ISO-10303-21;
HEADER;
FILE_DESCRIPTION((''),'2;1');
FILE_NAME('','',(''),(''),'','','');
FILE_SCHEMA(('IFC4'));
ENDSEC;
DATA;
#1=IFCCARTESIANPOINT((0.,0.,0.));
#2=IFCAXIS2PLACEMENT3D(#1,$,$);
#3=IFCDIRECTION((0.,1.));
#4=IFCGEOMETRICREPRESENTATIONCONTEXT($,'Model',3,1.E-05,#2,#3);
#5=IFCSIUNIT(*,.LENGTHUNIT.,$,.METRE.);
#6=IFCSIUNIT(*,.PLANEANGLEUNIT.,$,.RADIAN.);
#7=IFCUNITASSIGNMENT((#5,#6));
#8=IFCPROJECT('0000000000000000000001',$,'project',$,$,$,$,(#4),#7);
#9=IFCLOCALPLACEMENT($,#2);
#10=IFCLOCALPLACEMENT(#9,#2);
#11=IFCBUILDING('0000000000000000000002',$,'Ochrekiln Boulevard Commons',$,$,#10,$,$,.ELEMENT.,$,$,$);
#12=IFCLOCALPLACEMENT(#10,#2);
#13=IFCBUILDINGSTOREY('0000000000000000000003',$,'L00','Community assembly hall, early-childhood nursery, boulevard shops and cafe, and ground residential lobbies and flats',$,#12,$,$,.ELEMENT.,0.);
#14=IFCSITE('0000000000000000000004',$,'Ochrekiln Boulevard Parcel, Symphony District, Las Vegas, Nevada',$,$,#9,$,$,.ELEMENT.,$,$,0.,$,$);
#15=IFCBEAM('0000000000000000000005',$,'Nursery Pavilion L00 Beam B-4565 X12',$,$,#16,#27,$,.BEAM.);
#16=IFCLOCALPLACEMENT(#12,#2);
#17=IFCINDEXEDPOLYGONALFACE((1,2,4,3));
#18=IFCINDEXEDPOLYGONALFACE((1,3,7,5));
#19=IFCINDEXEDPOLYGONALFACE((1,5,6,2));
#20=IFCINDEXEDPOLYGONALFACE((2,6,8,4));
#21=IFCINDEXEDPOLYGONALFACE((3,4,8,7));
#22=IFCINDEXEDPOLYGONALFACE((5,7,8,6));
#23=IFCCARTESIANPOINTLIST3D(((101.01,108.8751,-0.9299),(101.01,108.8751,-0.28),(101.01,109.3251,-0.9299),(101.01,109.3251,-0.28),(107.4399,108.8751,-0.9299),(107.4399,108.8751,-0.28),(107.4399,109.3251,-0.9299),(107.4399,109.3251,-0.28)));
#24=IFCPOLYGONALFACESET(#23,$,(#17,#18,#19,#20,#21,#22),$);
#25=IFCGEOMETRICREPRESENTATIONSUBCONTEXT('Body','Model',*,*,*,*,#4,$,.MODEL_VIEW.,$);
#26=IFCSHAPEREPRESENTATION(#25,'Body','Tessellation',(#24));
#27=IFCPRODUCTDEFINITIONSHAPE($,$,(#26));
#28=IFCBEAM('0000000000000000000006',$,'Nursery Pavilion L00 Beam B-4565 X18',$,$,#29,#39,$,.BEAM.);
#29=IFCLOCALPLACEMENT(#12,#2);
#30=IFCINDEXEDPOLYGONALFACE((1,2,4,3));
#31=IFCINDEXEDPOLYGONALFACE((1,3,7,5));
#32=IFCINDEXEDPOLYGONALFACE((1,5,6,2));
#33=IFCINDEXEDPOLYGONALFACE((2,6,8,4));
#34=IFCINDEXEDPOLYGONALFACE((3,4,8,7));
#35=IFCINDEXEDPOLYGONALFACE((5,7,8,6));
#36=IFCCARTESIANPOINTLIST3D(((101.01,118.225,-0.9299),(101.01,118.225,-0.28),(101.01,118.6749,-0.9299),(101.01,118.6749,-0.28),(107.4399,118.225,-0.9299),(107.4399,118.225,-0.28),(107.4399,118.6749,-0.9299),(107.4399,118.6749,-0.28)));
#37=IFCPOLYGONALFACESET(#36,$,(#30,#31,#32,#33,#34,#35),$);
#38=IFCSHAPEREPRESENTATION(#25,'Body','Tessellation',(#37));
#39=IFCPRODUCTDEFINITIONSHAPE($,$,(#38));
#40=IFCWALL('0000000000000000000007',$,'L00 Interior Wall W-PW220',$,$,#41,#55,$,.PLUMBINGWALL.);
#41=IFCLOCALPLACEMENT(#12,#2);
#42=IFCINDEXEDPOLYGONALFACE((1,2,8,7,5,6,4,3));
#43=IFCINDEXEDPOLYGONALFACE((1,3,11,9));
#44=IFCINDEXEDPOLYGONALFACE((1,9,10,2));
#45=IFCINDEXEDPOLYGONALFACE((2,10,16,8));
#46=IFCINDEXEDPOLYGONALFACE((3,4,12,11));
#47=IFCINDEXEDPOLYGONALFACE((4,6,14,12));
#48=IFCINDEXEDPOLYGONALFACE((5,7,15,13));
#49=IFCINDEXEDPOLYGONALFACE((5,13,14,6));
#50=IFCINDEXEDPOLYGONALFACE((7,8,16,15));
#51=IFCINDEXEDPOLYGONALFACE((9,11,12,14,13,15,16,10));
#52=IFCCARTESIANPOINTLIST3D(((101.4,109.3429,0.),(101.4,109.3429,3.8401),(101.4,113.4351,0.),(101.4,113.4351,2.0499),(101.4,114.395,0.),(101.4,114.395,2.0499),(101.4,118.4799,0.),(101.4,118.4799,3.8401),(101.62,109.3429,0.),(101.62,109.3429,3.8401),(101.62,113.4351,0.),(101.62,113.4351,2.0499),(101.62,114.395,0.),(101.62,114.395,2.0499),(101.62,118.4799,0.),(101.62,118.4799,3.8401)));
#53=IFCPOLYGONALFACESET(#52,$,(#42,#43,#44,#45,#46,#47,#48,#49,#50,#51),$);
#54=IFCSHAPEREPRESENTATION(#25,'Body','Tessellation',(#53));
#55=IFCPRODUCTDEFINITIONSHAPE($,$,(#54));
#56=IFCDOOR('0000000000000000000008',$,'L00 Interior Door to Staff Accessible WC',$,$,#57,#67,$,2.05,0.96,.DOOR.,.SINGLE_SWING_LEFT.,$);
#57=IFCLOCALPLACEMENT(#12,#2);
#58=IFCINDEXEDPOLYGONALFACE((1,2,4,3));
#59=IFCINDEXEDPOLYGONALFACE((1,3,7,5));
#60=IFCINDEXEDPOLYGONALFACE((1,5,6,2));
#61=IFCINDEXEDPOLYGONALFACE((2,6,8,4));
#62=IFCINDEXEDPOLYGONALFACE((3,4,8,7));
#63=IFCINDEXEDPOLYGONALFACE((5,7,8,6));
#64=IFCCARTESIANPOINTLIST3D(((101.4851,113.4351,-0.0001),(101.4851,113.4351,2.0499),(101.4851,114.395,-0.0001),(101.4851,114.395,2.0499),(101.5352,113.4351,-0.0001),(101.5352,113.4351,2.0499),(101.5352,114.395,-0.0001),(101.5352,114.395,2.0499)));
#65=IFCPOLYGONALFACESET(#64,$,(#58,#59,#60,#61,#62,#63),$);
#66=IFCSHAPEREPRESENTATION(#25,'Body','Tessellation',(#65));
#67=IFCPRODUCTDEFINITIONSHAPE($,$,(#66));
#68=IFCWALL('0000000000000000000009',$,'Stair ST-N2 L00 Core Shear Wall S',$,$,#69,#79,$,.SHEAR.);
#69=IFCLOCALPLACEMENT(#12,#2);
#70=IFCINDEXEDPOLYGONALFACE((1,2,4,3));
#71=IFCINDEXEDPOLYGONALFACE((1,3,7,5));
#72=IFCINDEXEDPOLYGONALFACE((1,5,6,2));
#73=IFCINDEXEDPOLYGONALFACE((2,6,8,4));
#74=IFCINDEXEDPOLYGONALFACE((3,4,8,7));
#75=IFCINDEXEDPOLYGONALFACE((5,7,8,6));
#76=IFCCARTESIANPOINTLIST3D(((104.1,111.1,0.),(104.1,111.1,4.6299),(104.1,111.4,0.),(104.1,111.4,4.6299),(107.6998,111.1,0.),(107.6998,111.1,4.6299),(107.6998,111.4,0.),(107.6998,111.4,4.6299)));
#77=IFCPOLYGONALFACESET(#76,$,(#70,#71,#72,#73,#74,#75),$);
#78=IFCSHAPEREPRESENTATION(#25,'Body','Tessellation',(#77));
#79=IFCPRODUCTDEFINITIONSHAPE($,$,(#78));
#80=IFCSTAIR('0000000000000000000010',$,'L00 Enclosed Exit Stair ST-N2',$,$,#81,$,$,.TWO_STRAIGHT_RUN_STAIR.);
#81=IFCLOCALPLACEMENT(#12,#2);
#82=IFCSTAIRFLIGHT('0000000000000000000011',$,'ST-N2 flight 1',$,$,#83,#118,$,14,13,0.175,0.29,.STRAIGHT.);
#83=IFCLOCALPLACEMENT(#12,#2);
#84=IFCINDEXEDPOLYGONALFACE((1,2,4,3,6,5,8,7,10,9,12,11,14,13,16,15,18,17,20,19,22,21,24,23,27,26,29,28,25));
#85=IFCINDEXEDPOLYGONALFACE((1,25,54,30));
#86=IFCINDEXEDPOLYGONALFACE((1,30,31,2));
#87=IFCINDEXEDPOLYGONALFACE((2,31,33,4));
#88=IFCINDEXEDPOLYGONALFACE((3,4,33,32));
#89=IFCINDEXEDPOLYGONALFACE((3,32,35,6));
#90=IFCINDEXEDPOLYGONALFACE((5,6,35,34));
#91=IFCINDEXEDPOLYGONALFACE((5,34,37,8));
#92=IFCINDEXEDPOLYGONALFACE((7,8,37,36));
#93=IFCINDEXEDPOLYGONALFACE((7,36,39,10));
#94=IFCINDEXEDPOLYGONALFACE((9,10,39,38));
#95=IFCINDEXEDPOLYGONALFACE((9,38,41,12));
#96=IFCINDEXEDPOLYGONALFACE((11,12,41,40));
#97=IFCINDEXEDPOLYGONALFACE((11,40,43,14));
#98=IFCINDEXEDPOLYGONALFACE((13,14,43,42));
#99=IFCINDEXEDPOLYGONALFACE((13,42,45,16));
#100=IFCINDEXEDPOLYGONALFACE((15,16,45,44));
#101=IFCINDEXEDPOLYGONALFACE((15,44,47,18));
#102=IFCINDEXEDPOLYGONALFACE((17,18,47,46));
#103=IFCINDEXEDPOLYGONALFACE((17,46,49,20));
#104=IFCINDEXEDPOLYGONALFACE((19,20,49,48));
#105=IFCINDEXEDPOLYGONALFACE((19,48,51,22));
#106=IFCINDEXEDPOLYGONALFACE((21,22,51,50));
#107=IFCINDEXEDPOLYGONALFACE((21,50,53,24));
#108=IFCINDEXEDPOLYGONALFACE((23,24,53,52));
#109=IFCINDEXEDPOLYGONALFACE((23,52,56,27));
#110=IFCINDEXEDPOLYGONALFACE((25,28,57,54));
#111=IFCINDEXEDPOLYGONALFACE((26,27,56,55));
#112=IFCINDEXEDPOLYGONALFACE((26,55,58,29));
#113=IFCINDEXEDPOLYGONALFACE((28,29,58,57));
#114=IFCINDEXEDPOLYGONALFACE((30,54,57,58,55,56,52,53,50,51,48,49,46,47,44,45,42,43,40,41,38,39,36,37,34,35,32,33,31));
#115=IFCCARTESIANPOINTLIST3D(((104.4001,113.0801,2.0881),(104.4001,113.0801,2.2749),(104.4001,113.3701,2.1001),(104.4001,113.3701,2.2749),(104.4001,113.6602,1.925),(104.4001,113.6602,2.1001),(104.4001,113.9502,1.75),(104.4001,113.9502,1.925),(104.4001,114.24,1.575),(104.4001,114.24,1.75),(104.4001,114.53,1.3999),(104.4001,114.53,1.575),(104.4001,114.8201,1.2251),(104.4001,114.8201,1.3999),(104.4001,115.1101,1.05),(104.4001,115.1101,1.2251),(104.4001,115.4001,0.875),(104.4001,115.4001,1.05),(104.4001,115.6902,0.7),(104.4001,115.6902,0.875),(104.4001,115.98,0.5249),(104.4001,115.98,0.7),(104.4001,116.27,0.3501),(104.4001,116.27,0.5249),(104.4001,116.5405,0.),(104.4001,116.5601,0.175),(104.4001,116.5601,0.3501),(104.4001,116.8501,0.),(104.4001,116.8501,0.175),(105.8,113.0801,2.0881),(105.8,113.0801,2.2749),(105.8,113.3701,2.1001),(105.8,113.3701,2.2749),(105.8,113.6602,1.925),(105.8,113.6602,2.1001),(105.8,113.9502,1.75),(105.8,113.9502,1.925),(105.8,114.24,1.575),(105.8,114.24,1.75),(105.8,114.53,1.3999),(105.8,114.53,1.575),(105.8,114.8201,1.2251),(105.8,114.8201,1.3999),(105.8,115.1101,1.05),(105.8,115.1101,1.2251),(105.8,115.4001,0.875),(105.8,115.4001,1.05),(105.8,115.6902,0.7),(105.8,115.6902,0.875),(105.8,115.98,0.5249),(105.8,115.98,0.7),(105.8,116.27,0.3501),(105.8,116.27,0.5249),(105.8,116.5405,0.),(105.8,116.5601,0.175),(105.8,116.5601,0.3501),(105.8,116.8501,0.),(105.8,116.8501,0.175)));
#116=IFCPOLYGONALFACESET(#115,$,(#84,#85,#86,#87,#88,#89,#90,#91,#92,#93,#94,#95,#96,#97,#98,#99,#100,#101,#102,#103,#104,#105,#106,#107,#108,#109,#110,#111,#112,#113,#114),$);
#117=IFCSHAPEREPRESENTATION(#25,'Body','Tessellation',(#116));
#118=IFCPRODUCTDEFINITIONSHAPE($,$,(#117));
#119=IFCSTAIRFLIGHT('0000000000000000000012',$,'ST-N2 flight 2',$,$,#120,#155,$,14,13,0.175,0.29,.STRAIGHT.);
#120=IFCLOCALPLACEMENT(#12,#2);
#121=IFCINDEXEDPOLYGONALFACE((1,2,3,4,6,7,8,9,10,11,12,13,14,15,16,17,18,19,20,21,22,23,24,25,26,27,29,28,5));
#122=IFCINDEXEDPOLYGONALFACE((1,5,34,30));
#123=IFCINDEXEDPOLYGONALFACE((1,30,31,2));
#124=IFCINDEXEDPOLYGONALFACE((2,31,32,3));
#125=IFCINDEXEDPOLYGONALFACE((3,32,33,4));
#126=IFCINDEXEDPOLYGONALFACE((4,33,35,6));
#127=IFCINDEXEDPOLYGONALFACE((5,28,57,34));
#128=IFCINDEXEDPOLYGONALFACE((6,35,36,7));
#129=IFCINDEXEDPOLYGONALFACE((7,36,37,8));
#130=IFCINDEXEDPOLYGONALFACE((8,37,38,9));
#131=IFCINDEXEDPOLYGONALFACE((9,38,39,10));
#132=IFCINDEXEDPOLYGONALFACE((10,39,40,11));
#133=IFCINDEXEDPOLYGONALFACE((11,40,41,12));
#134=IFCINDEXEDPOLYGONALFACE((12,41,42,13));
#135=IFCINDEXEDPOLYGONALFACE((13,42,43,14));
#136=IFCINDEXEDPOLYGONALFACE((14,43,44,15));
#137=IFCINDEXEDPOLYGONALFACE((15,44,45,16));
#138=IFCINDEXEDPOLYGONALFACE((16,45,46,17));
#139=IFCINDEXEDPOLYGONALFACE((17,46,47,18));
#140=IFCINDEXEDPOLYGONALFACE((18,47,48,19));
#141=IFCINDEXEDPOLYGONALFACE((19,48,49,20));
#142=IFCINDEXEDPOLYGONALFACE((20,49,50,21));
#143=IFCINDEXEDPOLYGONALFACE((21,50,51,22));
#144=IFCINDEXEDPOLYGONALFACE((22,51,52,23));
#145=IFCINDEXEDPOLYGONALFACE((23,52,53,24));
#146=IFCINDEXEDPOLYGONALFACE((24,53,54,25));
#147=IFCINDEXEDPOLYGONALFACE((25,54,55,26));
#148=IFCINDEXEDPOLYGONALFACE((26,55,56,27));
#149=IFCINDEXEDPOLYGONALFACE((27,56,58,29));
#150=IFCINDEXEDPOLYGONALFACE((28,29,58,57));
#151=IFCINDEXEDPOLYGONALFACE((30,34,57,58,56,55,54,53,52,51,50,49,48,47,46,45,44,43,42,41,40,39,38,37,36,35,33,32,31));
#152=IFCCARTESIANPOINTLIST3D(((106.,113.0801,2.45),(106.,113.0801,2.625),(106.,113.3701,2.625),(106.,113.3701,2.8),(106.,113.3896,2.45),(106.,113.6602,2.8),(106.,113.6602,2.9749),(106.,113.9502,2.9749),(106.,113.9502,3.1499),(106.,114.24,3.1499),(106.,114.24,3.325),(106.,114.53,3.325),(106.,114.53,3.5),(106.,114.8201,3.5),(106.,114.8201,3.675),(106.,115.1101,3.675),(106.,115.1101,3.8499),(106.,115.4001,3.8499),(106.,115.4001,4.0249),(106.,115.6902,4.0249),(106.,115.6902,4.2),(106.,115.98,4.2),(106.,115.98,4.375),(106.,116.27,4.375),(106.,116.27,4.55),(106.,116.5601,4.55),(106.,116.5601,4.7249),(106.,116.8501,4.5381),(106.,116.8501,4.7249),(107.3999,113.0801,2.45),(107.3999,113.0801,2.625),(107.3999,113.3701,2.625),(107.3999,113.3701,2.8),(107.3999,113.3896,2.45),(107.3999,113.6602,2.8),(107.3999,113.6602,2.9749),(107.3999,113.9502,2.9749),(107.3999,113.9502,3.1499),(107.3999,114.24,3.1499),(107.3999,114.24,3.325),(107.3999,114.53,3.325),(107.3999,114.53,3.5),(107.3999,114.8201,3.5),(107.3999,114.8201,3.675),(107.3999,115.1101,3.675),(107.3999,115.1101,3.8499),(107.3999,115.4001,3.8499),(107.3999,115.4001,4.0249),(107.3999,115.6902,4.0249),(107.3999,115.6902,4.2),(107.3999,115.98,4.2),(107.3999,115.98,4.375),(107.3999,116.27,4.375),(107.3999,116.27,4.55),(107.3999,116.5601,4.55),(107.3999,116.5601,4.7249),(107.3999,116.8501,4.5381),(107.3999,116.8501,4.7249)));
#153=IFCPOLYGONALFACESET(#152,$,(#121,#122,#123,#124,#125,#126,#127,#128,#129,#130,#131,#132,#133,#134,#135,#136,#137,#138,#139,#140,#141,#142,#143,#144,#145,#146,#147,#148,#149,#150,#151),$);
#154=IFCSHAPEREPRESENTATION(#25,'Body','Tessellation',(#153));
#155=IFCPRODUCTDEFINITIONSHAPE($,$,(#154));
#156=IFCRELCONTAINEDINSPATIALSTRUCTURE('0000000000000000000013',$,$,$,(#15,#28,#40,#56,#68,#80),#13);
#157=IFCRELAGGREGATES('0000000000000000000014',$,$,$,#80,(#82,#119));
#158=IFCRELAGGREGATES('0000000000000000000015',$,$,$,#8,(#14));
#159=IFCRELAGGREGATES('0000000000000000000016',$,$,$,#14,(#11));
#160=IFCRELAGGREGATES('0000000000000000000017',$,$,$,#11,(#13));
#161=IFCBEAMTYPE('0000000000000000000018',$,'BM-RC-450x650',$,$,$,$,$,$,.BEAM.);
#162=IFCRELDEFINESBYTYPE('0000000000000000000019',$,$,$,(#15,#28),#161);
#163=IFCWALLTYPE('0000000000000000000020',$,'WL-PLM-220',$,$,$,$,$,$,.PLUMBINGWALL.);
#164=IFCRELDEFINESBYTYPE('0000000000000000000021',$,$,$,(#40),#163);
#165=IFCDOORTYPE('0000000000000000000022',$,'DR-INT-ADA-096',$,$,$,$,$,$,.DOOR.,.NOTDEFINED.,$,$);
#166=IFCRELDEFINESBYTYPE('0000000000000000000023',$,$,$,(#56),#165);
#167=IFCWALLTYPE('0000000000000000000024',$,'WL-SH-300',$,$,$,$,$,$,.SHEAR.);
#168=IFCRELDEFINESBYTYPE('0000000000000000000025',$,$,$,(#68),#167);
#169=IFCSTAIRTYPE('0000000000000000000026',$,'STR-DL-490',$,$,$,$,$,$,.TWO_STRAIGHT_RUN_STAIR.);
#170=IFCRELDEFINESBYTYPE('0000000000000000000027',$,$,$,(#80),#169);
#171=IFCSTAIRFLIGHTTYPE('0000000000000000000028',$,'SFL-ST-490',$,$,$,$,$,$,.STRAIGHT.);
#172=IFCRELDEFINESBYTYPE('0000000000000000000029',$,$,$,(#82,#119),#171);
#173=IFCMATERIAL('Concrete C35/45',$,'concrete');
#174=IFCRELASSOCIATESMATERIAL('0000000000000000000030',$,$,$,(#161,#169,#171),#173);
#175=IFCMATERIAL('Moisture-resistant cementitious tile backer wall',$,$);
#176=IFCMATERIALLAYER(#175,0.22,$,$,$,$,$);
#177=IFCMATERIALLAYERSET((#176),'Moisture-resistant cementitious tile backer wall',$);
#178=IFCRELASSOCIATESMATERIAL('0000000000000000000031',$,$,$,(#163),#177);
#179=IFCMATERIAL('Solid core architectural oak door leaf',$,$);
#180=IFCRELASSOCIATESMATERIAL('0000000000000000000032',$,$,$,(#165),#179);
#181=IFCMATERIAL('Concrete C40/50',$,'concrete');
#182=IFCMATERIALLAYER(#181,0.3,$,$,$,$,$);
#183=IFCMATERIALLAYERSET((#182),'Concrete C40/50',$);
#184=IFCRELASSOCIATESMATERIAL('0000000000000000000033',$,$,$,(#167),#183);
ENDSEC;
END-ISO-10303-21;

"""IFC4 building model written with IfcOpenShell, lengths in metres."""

from ifc_helpers import new_model, si_unit, direction, frame, frame_2d, origin, origin_2d, place, context, subcontext, project, spatial, polyline, rectangle, outline, extrude, material, layer, layer_set, material_profile, profile_set, type_object, element, fill, aggregate, save


model = new_model("IFC4")

# Units and contexts
model_context = context("Model", 3, precision=1e-05, world=origin(), true_north=direction((0.0, 1.0)))
body_context = subcontext(model_context, "Body", "Model", "MODEL_VIEW")
ifc_project = project(units=[si_unit("LENGTHUNIT", "METRE"), si_unit("PLANEANGLEUNIT", "RADIAN")], contexts=[model_context])

# Site, building, storey
site_placement = place(None, origin())
site = spatial("IfcSite", under=ifc_project, at=site_placement, Name="Ochrekiln Boulevard Parcel, Symphony District, Las Vegas, Nevada", CompositionType="ELEMENT", RefElevation=0.0)
building_placement = place(site_placement, origin())
building = spatial("IfcBuilding", under=site, at=building_placement, Name="Ochrekiln Boulevard Commons", CompositionType="ELEMENT")
storey_placement = place(building_placement, origin())
storey = spatial("IfcBuildingStorey", under=building, at=storey_placement, Name="L00", Description="Community assembly hall, early-childhood nursery, boulevard shops and cafe, and ground residential lobbies and flats", CompositionType="ELEMENT", Elevation=0.0)

# Shared definitions
ifc_material_1 = material(Name="Concrete C40/50", Category="concrete")

# Beams
ifc_material_2 = material(Name="Concrete C35/45", Category="concrete")
ifc_material_profile_1 = material_profile(ifc_material_2, rectangle(XDim=0.45, YDim=0.6499, at=origin_2d()), Name="RC-BM-450x650")
ifc_profile_set_1 = profile_set([ifc_material_profile_1], Name="Concrete C35/45")
beam_type_1 = type_object("IfcBeamType", Name="BM-RC-450x650", PredefinedType="BEAM", material=ifc_profile_set_1)
for number, where, z_axis, x_axis, name in (
    (1, (101.01, 109.1001, -0.605), (1.0, 0.0, 0.0), (0.0, 1.0, 0.0), "Nursery Pavilion L00 Beam B-4565 X12"),
    (2, (101.01, 118.45, -0.605), (1.0, 0.0, 0.0), (0.0, 1.0, 0.0), "Nursery Pavilion L00 Beam B-4565 X18"),
):
    element("IfcBeam", number, at=place(storey_placement, frame(where, z_axis=z_axis, x_axis=x_axis)), inside=storey, type_object=beam_type_1, Name=name, PredefinedType="BEAM", context=body_context, shape_type="SweptSolid", body=[
        extrude(rectangle(XDim=0.45, YDim=0.6499, at=origin_2d()), origin(), (0.0, 0.0, 1.0), 6.4299),
    ])

# Wall, opening, door
ifc_material_3 = material(Name="Moisture-resistant cementitious tile backer wall")
ifc_layer_1 = layer(ifc_material_3, 0.22)
ifc_layer_set_1 = layer_set([ifc_layer_1], Name="Moisture-resistant cementitious tile backer wall")
wall_type_1 = type_object("IfcWallType", Name="WL-PLM-220", PredefinedType="PLUMBINGWALL", material=ifc_layer_set_1)
wall_1_placement = place(storey_placement, frame((101.51, 109.343, 0.0), z_axis=(0.0, 0.0, 1.0), x_axis=(0.0, 1.0, 0.0)))
wall_1 = element("IfcWall", 3, at=wall_1_placement, inside=storey, type_object=wall_type_1, Name="L00 Interior Wall W-PW220", PredefinedType="PLUMBINGWALL", context=body_context, shape_type="SweptSolid", body=[
    extrude(rectangle(XDim=9.137, YDim=0.22, at=frame_2d((4.5684, 0.0))), origin(), (0.0, 0.0, 1.0), 3.8401),
])
opening_1_placement = place(wall_1_placement, frame((4.092, 0.0, 0.0)))
opening_1 = element("IfcOpeningElement", 4, at=opening_1_placement, cuts=wall_1, PredefinedType="OPENING", context=body_context, shape_type="SweptSolid", body=[
    extrude(rectangle(XDim=0.96, YDim=2.05, at=frame_2d((0.48, 1.0249))), frame((0.0, 0.1199, 0.0), z_axis=(0.0, -1.0, 0.0), x_axis=(1.0, 0.0, 0.0)), (0.0, 0.0, 1.0), 0.24),
])
ifc_material_4 = material(Name="Solid core architectural oak door leaf")
door_type_1 = type_object("IfcDoorType", Name="DR-INT-ADA-096", OperationType="NOTDEFINED", PredefinedType="DOOR", material=ifc_material_4)
door_1_placement = place(opening_1_placement, origin())
door_1 = element("IfcDoor", 5, at=door_1_placement, inside=storey, type_object=door_type_1, Name="L00 Interior Door to Staff Accessible WC", OperationType="SINGLE_SWING_LEFT", OverallHeight=2.05, OverallWidth=0.96, PredefinedType="DOOR", context=body_context, shape_type="SweptSolid", body=[
    extrude(rectangle(XDim=0.96, YDim=2.05, at=frame_2d((0.48, 1.0249))), frame((0.0, 0.0249, 0.0), z_axis=(0.0, -1.0, 0.0), x_axis=(1.0, 0.0, 0.0)), (0.0, 0.0, 1.0), 0.05),
])
fill(opening_1, door_1)

# Wall
ifc_layer_2 = layer(ifc_material_1, 0.3)
ifc_layer_set_2 = layer_set([ifc_layer_2], Name="Concrete C40/50")
wall_type_2 = type_object("IfcWallType", Name="WL-SH-300", PredefinedType="SHEAR", material=ifc_layer_set_2)
wall_2_placement = place(storey_placement, frame((104.1001, 111.25, 0.0), z_axis=(0.0, 0.0, 1.0), x_axis=(1.0, 0.0, 0.0)))
element("IfcWall", 6, at=wall_2_placement, inside=storey, type_object=wall_type_2, Name="Stair ST-N2 L00 Core Shear Wall S", PredefinedType="SHEAR", context=body_context, shape_type="SweptSolid", body=[
    extrude(rectangle(XDim=3.5999, YDim=0.3, at=frame_2d((1.7998, 0.0))), origin(), (0.0, 0.0, 1.0), 4.6299),
])

# Stair, stair flights
stair_type = type_object("IfcStairType", Name="STR-DL-490", PredefinedType="TWO_STRAIGHT_RUN_STAIR", material=ifc_material_2)
stair_placement = place(storey_placement, origin())
stair = element("IfcStair", 7, at=stair_placement, inside=storey, type_object=stair_type, Name="L00 Enclosed Exit Stair ST-N2", PredefinedType="TWO_STRAIGHT_RUN_STAIR")
stair_flight_type = type_object("IfcStairFlightType", Name="SFL-ST-490", PredefinedType="STRAIGHT", material=ifc_material_2)
stair_flight_1_placement = place(storey_placement, frame((105.1001, 116.8501, 0.0), z_axis=(0.0, 0.0, 1.0), x_axis=(0.0, -1.0, 0.0)))
stair_flight_1 = element("IfcStairFlight", 8, at=stair_flight_1_placement, type_object=stair_flight_type, Name="ST-N2 flight 1", NumberOfRisers=14, NumberOfTreads=13, PredefinedType="STRAIGHT", RiserHeight=0.175, TreadLength=0.29, context=body_context, shape_type="SweptSolid", body=[
    extrude(outline(polyline([(0.0, 0.0), (0.0, 0.175), (0.29, 0.175), (0.29, 0.3501), (0.5801, 0.3501), (0.5801, 0.5249), (0.8701, 0.5249), (0.8701, 0.7), (1.1599, 0.7), (1.1599, 0.875), (1.45, 0.875), (1.45, 1.05), (1.74, 1.05), (1.74, 1.2251), (2.03, 1.2251), (2.03, 1.3999), (2.3201, 1.3999), (2.3201, 1.575), (2.6101, 1.575), (2.6101, 1.75), (2.8999, 1.75), (2.8999, 1.925), (3.1899, 1.925), (3.1899, 2.1001), (3.48, 2.1001), (3.48, 2.2749), (3.77, 2.2749), (3.77, 2.45), (3.77, 2.0881), (0.3096, 0.0), (0.0, 0.0)])), frame((0.0, 0.7, 0.0), z_axis=(0.0, -1.0, 0.0), x_axis=(1.0, 0.0, 0.0)), (0.0, 0.0, 1.0), 1.3999),
])
stair_flight_2_placement = place(storey_placement, frame((106.7, 113.0801, 2.45), z_axis=(0.0, 0.0, 1.0), x_axis=(0.0, 1.0, 0.0)))
stair_flight_2 = element("IfcStairFlight", 9, at=stair_flight_2_placement, type_object=stair_flight_type, Name="ST-N2 flight 2", NumberOfRisers=14, NumberOfTreads=13, PredefinedType="STRAIGHT", RiserHeight=0.175, TreadLength=0.29, context=body_context, shape_type="SweptSolid", body=[
    extrude(outline(polyline([(0.0, 0.0), (0.0, 0.175), (0.29, 0.175), (0.29, 0.3501), (0.5801, 0.3501), (0.5801, 0.5249), (0.8701, 0.5249), (0.8701, 0.7), (1.1599, 0.7), (1.1599, 0.875), (1.45, 0.875), (1.45, 1.05), (1.74, 1.05), (1.74, 1.2251), (2.03, 1.2251), (2.03, 1.3999), (2.3201, 1.3999), (2.3201, 1.575), (2.6101, 1.575), (2.6101, 1.75), (2.8999, 1.75), (2.8999, 1.925), (3.1899, 1.925), (3.1899, 2.1001), (3.48, 2.1001), (3.48, 2.2749), (3.77, 2.2749), (3.77, 2.45), (3.77, 2.0881), (0.3096, 0.0), (0.0, 0.0)])), frame((0.0, 0.7, 0.0), z_axis=(0.0, -1.0, 0.0), x_axis=(1.0, 0.0, 0.0)), (0.0, 0.0, 1.0), 1.3999),
])
aggregate(stair, [stair_flight_1, stair_flight_2])

save(model, "model.ifc")
